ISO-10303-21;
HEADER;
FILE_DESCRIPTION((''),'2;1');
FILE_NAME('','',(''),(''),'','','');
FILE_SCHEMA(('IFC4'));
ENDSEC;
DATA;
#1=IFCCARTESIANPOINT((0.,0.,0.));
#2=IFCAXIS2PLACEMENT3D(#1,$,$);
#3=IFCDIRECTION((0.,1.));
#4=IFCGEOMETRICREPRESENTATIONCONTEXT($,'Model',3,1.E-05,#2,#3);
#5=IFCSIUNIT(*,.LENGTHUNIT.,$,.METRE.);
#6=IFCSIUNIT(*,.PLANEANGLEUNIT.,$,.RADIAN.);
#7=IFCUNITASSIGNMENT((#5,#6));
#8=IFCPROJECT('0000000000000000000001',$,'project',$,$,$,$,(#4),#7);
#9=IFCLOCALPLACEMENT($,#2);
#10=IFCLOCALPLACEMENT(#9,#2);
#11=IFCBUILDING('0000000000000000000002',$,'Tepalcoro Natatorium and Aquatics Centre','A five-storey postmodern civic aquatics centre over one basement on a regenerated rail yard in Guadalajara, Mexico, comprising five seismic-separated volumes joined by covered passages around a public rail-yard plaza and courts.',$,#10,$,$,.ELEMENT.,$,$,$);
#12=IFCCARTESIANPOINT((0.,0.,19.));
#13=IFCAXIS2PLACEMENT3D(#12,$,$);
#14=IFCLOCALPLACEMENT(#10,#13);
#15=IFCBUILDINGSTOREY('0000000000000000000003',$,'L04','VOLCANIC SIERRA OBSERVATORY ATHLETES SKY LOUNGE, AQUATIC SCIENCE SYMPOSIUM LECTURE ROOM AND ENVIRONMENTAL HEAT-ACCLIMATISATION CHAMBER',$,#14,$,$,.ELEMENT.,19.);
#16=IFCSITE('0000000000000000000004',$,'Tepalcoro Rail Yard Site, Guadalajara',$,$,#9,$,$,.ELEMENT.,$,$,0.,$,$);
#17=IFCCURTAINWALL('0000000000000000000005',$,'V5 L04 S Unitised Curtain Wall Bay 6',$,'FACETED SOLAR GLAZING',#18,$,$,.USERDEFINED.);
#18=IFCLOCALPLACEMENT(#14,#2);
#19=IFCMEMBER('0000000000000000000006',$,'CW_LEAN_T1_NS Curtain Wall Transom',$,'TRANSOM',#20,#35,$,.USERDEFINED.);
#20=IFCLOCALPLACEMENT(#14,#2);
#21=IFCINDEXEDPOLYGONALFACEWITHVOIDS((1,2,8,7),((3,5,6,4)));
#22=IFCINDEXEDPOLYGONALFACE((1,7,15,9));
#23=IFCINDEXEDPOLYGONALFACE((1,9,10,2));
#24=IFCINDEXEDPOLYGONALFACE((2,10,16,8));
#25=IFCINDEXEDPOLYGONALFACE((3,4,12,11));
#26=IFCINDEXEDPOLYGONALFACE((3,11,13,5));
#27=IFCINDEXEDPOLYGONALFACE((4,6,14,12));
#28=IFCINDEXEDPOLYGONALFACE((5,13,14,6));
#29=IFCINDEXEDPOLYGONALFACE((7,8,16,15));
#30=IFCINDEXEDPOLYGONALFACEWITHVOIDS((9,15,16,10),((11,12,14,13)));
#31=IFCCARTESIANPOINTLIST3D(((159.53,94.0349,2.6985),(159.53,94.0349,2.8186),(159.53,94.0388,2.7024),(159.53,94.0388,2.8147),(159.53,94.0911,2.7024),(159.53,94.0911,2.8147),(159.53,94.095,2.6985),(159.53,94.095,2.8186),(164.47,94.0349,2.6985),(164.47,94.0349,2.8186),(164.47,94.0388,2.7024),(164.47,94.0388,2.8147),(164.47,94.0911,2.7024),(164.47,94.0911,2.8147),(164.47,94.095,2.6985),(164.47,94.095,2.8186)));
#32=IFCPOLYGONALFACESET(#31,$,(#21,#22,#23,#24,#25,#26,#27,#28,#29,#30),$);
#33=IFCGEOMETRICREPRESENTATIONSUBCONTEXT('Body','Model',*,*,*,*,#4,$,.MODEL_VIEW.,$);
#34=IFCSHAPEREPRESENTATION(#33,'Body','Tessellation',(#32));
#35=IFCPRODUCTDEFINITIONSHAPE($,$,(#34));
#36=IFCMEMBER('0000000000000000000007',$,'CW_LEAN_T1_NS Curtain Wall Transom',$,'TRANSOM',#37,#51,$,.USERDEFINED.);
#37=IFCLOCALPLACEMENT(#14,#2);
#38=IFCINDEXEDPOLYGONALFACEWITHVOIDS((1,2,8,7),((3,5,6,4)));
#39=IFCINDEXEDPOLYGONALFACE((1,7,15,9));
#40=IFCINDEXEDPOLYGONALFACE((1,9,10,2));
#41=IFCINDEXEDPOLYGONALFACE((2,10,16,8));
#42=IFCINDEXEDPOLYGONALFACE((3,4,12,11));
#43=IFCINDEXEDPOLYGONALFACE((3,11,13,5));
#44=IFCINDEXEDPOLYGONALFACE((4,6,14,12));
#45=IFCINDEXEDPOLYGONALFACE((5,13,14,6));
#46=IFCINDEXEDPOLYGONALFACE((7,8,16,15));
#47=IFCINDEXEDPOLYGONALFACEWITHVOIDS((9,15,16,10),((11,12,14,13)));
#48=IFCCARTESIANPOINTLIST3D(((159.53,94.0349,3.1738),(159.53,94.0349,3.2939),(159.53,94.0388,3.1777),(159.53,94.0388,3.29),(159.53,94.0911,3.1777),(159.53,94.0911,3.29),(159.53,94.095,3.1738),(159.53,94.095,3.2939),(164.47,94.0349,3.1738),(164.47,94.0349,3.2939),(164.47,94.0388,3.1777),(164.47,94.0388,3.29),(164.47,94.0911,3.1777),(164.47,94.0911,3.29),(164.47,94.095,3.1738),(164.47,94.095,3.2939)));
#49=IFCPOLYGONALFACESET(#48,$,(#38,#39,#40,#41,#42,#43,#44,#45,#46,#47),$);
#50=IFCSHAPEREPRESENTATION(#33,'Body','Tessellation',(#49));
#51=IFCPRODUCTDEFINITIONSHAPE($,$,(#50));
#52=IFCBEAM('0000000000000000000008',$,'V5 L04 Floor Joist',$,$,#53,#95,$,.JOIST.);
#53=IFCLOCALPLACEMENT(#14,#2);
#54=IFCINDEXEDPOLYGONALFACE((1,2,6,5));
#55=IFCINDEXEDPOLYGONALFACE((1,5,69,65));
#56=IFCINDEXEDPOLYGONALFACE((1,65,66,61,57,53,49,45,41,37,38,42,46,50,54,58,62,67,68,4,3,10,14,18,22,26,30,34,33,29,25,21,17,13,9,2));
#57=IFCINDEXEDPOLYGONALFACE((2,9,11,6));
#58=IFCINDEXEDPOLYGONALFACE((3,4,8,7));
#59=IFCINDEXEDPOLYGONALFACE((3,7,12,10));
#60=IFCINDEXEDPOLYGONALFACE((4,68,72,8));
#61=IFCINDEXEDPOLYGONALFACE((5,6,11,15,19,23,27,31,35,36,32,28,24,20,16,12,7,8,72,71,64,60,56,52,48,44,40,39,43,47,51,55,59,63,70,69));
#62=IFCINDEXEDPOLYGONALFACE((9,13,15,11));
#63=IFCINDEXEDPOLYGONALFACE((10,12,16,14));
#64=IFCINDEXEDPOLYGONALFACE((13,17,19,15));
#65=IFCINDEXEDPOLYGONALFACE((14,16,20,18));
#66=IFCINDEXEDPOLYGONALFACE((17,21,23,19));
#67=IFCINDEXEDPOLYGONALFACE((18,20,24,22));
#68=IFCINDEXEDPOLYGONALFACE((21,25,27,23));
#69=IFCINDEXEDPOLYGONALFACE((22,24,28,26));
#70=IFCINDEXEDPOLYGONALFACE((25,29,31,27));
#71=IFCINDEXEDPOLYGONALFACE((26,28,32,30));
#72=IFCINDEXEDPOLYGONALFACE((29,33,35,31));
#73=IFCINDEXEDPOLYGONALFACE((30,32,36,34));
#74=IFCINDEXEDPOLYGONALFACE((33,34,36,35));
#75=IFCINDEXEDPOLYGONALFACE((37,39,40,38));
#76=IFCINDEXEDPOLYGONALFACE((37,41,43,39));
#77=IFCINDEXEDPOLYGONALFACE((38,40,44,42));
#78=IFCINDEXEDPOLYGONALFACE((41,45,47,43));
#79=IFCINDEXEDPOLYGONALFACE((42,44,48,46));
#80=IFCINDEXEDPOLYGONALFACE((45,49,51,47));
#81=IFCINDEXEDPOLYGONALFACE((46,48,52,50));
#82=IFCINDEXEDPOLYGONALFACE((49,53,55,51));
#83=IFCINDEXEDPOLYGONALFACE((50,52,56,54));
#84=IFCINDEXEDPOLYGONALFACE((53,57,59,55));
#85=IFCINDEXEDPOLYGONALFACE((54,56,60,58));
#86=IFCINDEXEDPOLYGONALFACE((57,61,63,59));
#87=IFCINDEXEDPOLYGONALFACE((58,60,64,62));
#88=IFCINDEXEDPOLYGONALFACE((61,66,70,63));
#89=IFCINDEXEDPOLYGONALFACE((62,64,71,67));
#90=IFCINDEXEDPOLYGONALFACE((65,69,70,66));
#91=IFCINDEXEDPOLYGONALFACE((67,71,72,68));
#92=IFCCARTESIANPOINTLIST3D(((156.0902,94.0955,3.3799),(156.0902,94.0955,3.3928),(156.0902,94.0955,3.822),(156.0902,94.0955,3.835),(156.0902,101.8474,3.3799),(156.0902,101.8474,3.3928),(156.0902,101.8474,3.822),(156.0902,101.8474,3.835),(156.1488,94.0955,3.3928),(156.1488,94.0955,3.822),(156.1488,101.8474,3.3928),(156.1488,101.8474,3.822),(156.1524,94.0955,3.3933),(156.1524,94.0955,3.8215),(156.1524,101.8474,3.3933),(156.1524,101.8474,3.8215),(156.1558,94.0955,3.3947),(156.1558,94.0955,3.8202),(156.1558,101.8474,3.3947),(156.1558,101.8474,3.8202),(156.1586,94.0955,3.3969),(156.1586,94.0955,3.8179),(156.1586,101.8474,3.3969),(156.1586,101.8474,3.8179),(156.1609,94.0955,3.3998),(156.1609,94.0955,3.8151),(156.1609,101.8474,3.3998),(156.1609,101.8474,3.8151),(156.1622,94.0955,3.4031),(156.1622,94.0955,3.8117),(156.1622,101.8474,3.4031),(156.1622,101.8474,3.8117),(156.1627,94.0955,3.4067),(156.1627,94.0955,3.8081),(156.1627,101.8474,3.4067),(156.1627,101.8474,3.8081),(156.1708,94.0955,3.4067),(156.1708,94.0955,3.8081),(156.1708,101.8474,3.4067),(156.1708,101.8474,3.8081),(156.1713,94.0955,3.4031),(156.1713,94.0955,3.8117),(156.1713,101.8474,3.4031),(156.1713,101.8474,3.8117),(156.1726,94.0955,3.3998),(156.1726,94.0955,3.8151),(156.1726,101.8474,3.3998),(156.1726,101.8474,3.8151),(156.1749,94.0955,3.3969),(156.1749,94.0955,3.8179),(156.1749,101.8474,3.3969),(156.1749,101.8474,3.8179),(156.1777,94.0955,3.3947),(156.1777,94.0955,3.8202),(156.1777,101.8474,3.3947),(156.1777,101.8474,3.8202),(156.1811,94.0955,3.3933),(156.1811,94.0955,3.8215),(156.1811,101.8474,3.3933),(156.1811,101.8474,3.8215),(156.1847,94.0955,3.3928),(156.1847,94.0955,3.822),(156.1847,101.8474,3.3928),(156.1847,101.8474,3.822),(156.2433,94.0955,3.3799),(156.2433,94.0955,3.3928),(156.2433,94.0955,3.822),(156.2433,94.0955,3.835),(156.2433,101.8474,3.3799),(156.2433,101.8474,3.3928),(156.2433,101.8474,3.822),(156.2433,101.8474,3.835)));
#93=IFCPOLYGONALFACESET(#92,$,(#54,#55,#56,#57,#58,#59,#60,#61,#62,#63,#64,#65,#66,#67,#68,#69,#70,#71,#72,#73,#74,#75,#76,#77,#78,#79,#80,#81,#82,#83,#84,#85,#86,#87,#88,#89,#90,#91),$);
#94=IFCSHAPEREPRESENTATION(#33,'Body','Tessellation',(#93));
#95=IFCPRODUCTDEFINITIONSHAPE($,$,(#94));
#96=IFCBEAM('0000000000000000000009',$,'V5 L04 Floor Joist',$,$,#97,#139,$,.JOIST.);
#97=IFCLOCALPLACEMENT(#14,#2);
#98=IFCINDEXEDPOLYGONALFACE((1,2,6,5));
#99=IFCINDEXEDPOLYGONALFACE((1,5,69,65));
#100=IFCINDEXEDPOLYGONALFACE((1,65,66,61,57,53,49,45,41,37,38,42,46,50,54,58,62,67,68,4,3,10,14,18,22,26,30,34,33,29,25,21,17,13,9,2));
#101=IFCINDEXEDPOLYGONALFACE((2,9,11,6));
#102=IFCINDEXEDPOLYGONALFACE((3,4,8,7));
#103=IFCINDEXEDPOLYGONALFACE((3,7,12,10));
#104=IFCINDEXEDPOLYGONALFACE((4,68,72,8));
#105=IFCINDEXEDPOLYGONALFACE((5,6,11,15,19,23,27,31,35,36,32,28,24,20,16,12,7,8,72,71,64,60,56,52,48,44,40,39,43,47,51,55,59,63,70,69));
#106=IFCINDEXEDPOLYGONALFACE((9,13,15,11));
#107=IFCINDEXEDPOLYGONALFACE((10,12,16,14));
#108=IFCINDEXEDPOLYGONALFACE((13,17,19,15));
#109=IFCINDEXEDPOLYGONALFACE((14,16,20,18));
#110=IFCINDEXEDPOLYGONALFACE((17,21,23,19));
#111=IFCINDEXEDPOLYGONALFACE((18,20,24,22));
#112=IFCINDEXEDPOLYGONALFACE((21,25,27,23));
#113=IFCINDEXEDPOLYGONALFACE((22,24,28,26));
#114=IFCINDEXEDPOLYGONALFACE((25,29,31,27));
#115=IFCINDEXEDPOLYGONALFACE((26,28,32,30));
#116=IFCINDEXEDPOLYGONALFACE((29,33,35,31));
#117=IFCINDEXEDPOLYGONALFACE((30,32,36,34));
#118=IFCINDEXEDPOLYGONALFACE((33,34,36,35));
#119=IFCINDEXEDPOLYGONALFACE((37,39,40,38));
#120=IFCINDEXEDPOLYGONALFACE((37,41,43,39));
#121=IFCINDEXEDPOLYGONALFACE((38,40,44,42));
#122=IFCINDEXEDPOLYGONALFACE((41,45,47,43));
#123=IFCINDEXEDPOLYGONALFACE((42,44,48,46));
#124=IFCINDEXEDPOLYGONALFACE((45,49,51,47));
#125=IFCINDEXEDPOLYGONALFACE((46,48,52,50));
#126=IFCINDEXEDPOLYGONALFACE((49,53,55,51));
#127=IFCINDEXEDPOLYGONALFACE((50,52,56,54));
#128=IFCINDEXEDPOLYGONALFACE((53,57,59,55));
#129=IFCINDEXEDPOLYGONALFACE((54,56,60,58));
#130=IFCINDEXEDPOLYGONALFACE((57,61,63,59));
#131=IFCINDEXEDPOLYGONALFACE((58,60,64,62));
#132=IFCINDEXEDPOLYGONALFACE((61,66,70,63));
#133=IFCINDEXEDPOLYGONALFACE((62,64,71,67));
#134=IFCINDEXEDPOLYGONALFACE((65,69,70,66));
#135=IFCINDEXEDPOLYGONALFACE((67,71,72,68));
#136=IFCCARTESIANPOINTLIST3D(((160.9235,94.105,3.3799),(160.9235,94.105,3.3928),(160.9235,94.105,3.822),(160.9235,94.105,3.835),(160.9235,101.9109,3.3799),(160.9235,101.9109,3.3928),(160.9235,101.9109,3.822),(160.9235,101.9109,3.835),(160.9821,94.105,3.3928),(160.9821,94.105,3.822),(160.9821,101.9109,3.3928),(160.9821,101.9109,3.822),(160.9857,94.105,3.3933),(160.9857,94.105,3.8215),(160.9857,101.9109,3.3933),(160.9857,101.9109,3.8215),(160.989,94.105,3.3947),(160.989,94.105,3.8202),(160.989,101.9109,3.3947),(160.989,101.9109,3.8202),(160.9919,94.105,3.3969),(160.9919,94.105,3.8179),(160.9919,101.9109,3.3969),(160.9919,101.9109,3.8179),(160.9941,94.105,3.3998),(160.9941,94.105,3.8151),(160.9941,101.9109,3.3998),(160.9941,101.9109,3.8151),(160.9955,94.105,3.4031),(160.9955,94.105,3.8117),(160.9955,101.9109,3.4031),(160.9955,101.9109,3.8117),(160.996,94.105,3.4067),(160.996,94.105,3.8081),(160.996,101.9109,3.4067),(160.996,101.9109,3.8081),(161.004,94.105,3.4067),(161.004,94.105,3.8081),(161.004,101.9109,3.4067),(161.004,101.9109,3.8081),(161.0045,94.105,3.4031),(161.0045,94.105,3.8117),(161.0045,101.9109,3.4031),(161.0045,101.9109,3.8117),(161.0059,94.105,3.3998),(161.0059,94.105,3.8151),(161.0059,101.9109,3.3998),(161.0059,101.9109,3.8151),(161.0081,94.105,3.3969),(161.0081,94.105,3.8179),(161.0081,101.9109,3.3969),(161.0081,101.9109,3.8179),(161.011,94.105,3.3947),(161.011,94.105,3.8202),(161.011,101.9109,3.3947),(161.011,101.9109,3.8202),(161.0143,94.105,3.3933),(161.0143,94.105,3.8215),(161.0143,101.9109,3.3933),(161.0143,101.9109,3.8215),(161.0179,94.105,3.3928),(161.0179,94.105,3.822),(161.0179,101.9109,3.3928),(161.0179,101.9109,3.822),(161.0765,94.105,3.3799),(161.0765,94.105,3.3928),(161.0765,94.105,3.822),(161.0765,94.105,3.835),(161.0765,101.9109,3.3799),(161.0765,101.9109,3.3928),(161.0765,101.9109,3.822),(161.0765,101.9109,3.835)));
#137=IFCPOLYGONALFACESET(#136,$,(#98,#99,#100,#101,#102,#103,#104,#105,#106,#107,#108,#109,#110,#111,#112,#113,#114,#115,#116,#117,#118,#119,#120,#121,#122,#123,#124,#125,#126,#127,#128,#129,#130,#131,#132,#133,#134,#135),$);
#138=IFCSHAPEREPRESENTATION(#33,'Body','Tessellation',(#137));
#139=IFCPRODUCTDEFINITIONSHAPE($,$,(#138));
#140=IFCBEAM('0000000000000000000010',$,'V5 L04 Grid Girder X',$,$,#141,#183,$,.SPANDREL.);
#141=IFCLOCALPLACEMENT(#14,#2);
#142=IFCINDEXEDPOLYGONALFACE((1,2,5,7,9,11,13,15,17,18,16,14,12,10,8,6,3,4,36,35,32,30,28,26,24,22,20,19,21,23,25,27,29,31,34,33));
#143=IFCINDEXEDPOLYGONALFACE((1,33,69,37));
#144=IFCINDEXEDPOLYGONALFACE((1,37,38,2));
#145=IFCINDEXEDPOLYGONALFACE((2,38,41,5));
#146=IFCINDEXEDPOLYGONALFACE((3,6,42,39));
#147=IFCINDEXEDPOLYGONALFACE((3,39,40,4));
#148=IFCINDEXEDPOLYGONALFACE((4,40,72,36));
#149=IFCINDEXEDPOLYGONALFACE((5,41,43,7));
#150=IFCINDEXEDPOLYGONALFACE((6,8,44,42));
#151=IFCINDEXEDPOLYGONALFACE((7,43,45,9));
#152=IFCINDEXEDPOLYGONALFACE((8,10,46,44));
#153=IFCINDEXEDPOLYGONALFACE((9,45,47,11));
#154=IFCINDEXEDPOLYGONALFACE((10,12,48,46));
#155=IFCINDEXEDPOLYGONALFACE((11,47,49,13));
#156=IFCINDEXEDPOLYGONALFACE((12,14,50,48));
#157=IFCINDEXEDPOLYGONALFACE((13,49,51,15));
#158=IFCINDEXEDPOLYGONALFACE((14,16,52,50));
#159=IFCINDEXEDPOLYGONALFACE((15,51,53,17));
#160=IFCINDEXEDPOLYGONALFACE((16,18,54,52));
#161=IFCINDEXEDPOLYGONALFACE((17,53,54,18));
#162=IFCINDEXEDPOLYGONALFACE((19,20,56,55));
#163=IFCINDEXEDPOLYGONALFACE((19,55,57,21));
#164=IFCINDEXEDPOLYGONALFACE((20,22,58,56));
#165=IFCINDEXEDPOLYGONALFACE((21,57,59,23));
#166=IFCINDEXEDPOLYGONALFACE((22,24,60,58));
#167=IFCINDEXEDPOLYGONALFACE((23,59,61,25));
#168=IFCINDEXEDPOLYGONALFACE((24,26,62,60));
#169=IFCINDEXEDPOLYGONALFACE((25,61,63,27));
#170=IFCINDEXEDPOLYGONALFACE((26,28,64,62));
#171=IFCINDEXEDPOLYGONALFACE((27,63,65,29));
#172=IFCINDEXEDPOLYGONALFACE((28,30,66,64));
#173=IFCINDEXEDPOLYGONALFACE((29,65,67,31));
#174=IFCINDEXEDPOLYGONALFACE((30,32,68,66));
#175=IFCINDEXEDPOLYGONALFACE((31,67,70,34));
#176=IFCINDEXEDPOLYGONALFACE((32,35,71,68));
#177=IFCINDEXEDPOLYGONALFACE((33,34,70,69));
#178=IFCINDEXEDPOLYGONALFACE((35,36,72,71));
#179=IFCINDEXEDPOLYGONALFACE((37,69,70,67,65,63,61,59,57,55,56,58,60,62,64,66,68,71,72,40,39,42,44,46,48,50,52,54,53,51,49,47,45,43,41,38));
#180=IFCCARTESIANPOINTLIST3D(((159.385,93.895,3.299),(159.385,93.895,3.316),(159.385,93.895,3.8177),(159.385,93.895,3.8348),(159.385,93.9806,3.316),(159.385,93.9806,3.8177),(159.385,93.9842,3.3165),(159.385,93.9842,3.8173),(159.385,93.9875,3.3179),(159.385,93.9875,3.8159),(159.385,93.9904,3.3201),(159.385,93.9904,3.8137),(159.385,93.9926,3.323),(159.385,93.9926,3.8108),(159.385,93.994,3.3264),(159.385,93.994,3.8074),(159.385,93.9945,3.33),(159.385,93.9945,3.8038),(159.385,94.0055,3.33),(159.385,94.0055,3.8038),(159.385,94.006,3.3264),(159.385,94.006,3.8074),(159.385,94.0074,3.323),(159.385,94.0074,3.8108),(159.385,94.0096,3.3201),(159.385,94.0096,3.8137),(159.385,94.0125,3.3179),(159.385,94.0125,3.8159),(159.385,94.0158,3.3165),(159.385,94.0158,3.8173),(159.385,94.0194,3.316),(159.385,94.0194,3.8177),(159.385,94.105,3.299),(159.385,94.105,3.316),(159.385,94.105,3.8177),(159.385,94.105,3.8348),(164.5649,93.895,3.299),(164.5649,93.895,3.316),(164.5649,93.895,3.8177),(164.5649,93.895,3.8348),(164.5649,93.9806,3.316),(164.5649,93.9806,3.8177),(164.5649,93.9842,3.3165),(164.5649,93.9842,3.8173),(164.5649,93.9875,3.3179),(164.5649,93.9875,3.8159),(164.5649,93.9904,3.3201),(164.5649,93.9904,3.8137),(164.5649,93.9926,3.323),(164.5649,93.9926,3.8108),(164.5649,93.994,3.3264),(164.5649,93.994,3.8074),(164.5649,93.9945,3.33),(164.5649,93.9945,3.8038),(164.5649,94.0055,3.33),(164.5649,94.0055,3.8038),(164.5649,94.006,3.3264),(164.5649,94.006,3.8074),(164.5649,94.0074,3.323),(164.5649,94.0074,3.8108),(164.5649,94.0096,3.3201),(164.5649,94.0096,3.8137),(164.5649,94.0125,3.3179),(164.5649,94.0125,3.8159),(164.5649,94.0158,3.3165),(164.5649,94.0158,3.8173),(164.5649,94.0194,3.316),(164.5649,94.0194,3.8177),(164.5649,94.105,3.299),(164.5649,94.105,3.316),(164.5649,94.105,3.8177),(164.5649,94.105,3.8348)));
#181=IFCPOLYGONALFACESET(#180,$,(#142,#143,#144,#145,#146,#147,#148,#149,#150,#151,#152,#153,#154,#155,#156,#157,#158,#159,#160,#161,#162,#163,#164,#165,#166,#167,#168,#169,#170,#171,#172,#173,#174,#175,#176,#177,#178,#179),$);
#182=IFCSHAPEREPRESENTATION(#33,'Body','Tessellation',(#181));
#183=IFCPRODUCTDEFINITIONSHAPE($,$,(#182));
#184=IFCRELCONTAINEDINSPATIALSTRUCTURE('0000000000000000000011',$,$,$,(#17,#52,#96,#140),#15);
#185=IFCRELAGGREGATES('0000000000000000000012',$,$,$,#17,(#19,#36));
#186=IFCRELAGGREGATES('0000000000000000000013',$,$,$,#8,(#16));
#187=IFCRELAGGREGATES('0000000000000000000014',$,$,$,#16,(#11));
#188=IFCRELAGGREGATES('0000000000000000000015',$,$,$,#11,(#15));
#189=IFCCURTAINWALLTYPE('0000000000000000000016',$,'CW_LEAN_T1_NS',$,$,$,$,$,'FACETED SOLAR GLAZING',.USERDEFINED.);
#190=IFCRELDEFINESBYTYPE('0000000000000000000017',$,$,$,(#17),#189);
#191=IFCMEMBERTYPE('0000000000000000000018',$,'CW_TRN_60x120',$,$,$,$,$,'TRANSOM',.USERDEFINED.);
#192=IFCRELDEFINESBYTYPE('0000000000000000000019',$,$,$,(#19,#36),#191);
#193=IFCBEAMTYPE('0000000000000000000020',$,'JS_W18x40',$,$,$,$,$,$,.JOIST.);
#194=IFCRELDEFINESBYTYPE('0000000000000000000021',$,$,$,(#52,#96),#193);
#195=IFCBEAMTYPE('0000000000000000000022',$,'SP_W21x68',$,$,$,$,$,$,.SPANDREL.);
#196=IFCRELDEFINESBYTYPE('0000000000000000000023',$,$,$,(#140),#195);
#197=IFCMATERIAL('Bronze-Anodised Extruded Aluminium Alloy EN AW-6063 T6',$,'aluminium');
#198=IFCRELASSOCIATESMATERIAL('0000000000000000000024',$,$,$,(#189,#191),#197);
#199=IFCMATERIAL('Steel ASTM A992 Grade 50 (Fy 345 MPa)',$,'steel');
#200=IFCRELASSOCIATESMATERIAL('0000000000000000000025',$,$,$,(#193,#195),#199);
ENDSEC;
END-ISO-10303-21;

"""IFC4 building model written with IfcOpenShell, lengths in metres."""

from ifc_helpers import new_model, si_unit, direction, frame, origin, origin_2d, place, context, subcontext, project, spatial, hollow_rectangle, i_section, extrude, material, material_profile, profile_set, type_object, element, aggregate, save


model = new_model("IFC4")

# Units and contexts
model_context = context("Model", 3, precision=1e-05, world=origin(), true_north=direction((0.0, 1.0)))
body_context = subcontext(model_context, "Body", "Model", "MODEL_VIEW")
ifc_project = project(units=[si_unit("LENGTHUNIT", "METRE"), si_unit("PLANEANGLEUNIT", "RADIAN")], contexts=[model_context])

# Site, building, storey
site_placement = place(None, origin())
site = spatial("IfcSite", under=ifc_project, at=site_placement, Name="Tepalcoro Rail Yard Site, Guadalajara", CompositionType="ELEMENT", RefElevation=0.0)
building_placement = place(site_placement, origin())
building = spatial("IfcBuilding", under=site, at=building_placement, Name="Tepalcoro Natatorium and Aquatics Centre", Description="A five-storey postmodern civic aquatics centre over one basement on a regenerated rail yard in Guadalajara, Mexico, comprising five seismic-separated volumes joined by covered passages around a public rail-yard plaza and courts.", CompositionType="ELEMENT")
storey_placement = place(building_placement, frame((0.0, 0.0, 19.0)))
storey = spatial("IfcBuildingStorey", under=building, at=storey_placement, Name="L04", Description="VOLCANIC SIERRA OBSERVATORY ATHLETES SKY LOUNGE, AQUATIC SCIENCE SYMPOSIUM LECTURE ROOM AND ENVIRONMENTAL HEAT-ACCLIMATISATION CHAMBER", CompositionType="ELEMENT", Elevation=19.0)

# Shared definitions
ifc_material_1 = material(Name="Steel ASTM A992 Grade 50 (Fy 345 MPa)", Category="steel")

# Curtain wall
ifc_material_2 = material(Name="Bronze-Anodised Extruded Aluminium Alloy EN AW-6063 T6", Category="aluminium")
curtain_wall_type_1 = type_object("IfcCurtainWallType", Name="CW_LEAN_T1_NS", ElementType="FACETED SOLAR GLAZING", PredefinedType="USERDEFINED", material=ifc_material_2)
curtain_wall_1_placement = place(storey_placement, origin())
curtain_wall_1 = element("IfcCurtainWall", 1, at=curtain_wall_1_placement, inside=storey, type_object=curtain_wall_type_1, Name="V5 L04 S Unitised Curtain Wall Bay 6", ObjectType="FACETED SOLAR GLAZING", PredefinedType="USERDEFINED")

# Members
ifc_material_profile_1 = material_profile(ifc_material_2, hollow_rectangle(XDim=0.0601, YDim=0.1201, WallThickness=0.0039, at=origin_2d()), Name="AL60X120X4")
ifc_profile_set_1 = profile_set([ifc_material_profile_1], Name="Bronze-Anodised Extruded Aluminium Alloy EN AW-6063 T6")
member_type_1 = type_object("IfcMemberType", Name="CW_TRN_60x120", ElementType="TRANSOM", PredefinedType="USERDEFINED", material=ifc_profile_set_1)
member_1_placement = place(storey_placement, frame((159.53, 94.0649, 2.7585), z_axis=(1.0, 0.0, 0.0), x_axis=(0.0, 1.0, 0.0)))
member_1 = element("IfcMember", 2, at=member_1_placement, type_object=member_type_1, Name="CW_LEAN_T1_NS Curtain Wall Transom", ObjectType="TRANSOM", PredefinedType="USERDEFINED", context=body_context, shape_type="SweptSolid", body=[
    extrude(hollow_rectangle(XDim=0.0601, YDim=0.1201, WallThickness=0.0039, at=origin_2d()), origin(), (0.0, 0.0, 1.0), 4.9399),
])
member_2_placement = place(storey_placement, frame((159.53, 94.0649, 3.2339), z_axis=(1.0, 0.0, 0.0), x_axis=(0.0, 1.0, 0.0)))
member_2 = element("IfcMember", 3, at=member_2_placement, type_object=member_type_1, Name="CW_LEAN_T1_NS Curtain Wall Transom", ObjectType="TRANSOM", PredefinedType="USERDEFINED", context=body_context, shape_type="SweptSolid", body=[
    extrude(hollow_rectangle(XDim=0.0601, YDim=0.1201, WallThickness=0.0039, at=origin_2d()), origin(), (0.0, 0.0, 1.0), 4.9399),
])

# Beams
ifc_material_profile_2 = material_profile(ifc_material_1, i_section(OverallWidth=0.1531, OverallDepth=0.4551, WebThickness=0.0081, FlangeThickness=0.0129, FilletRadius=0.0139, at=origin_2d()), Name="W18X40")
ifc_profile_set_2 = profile_set([ifc_material_profile_2], Name="Steel ASTM A992 Grade 50 (Fy 345 MPa)")
beam_type_1 = type_object("IfcBeamType", Name="JS_W18x40", PredefinedType="JOIST", material=ifc_profile_set_2)
beam_1_placement = place(storey_placement, frame((156.1667, 94.0955, 3.6074), z_axis=(0.0, 1.0, 0.0), x_axis=(-1.0, 0.0, 0.0)))
element("IfcBeam", 4, at=beam_1_placement, inside=storey, type_object=beam_type_1, Name="V5 L04 Floor Joist", PredefinedType="JOIST", context=body_context, shape_type="SweptSolid", body=[
    extrude(i_section(OverallWidth=0.1531, OverallDepth=0.4551, WebThickness=0.0081, FlangeThickness=0.0129, FilletRadius=0.0139, at=origin_2d()), origin(), (0.0, 0.0, 1.0), 7.752),
])
beam_2_placement = place(storey_placement, frame((161.0, 94.105, 3.6074), z_axis=(0.0, 1.0, 0.0), x_axis=(-1.0, 0.0, 0.0)))
element("IfcBeam", 5, at=beam_2_placement, inside=storey, type_object=beam_type_1, Name="V5 L04 Floor Joist", PredefinedType="JOIST", context=body_context, shape_type="SweptSolid", body=[
    extrude(i_section(OverallWidth=0.1531, OverallDepth=0.4551, WebThickness=0.0081, FlangeThickness=0.0129, FilletRadius=0.0139, at=origin_2d()), origin(), (0.0, 0.0, 1.0), 7.8059),
])
ifc_material_profile_3 = material_profile(ifc_material_1, i_section(OverallWidth=0.21, OverallDepth=0.5359, WebThickness=0.011, FlangeThickness=0.0171, FilletRadius=0.0139, at=origin_2d()), Name="W21X68")
ifc_profile_set_3 = profile_set([ifc_material_profile_3], Name="Steel ASTM A992 Grade 50 (Fy 345 MPa)")
beam_type_2 = type_object("IfcBeamType", Name="SP_W21x68", PredefinedType="SPANDREL", material=ifc_profile_set_3)
beam_3_placement = place(storey_placement, frame((159.385, 94.0, 3.5669), z_axis=(1.0, 0.0, 0.0), x_axis=(0.0, 1.0, 0.0)))
element("IfcBeam", 6, at=beam_3_placement, inside=storey, type_object=beam_type_2, Name="V5 L04 Grid Girder X", PredefinedType="SPANDREL", context=body_context, shape_type="SweptSolid", body=[
    extrude(i_section(OverallWidth=0.21, OverallDepth=0.5359, WebThickness=0.011, FlangeThickness=0.0171, FilletRadius=0.0139, at=origin_2d()), origin(), (0.0, 0.0, 1.0), 5.1799),
])

aggregate(curtain_wall_1, [member_1, member_2])

save(model, "model.ifc")
